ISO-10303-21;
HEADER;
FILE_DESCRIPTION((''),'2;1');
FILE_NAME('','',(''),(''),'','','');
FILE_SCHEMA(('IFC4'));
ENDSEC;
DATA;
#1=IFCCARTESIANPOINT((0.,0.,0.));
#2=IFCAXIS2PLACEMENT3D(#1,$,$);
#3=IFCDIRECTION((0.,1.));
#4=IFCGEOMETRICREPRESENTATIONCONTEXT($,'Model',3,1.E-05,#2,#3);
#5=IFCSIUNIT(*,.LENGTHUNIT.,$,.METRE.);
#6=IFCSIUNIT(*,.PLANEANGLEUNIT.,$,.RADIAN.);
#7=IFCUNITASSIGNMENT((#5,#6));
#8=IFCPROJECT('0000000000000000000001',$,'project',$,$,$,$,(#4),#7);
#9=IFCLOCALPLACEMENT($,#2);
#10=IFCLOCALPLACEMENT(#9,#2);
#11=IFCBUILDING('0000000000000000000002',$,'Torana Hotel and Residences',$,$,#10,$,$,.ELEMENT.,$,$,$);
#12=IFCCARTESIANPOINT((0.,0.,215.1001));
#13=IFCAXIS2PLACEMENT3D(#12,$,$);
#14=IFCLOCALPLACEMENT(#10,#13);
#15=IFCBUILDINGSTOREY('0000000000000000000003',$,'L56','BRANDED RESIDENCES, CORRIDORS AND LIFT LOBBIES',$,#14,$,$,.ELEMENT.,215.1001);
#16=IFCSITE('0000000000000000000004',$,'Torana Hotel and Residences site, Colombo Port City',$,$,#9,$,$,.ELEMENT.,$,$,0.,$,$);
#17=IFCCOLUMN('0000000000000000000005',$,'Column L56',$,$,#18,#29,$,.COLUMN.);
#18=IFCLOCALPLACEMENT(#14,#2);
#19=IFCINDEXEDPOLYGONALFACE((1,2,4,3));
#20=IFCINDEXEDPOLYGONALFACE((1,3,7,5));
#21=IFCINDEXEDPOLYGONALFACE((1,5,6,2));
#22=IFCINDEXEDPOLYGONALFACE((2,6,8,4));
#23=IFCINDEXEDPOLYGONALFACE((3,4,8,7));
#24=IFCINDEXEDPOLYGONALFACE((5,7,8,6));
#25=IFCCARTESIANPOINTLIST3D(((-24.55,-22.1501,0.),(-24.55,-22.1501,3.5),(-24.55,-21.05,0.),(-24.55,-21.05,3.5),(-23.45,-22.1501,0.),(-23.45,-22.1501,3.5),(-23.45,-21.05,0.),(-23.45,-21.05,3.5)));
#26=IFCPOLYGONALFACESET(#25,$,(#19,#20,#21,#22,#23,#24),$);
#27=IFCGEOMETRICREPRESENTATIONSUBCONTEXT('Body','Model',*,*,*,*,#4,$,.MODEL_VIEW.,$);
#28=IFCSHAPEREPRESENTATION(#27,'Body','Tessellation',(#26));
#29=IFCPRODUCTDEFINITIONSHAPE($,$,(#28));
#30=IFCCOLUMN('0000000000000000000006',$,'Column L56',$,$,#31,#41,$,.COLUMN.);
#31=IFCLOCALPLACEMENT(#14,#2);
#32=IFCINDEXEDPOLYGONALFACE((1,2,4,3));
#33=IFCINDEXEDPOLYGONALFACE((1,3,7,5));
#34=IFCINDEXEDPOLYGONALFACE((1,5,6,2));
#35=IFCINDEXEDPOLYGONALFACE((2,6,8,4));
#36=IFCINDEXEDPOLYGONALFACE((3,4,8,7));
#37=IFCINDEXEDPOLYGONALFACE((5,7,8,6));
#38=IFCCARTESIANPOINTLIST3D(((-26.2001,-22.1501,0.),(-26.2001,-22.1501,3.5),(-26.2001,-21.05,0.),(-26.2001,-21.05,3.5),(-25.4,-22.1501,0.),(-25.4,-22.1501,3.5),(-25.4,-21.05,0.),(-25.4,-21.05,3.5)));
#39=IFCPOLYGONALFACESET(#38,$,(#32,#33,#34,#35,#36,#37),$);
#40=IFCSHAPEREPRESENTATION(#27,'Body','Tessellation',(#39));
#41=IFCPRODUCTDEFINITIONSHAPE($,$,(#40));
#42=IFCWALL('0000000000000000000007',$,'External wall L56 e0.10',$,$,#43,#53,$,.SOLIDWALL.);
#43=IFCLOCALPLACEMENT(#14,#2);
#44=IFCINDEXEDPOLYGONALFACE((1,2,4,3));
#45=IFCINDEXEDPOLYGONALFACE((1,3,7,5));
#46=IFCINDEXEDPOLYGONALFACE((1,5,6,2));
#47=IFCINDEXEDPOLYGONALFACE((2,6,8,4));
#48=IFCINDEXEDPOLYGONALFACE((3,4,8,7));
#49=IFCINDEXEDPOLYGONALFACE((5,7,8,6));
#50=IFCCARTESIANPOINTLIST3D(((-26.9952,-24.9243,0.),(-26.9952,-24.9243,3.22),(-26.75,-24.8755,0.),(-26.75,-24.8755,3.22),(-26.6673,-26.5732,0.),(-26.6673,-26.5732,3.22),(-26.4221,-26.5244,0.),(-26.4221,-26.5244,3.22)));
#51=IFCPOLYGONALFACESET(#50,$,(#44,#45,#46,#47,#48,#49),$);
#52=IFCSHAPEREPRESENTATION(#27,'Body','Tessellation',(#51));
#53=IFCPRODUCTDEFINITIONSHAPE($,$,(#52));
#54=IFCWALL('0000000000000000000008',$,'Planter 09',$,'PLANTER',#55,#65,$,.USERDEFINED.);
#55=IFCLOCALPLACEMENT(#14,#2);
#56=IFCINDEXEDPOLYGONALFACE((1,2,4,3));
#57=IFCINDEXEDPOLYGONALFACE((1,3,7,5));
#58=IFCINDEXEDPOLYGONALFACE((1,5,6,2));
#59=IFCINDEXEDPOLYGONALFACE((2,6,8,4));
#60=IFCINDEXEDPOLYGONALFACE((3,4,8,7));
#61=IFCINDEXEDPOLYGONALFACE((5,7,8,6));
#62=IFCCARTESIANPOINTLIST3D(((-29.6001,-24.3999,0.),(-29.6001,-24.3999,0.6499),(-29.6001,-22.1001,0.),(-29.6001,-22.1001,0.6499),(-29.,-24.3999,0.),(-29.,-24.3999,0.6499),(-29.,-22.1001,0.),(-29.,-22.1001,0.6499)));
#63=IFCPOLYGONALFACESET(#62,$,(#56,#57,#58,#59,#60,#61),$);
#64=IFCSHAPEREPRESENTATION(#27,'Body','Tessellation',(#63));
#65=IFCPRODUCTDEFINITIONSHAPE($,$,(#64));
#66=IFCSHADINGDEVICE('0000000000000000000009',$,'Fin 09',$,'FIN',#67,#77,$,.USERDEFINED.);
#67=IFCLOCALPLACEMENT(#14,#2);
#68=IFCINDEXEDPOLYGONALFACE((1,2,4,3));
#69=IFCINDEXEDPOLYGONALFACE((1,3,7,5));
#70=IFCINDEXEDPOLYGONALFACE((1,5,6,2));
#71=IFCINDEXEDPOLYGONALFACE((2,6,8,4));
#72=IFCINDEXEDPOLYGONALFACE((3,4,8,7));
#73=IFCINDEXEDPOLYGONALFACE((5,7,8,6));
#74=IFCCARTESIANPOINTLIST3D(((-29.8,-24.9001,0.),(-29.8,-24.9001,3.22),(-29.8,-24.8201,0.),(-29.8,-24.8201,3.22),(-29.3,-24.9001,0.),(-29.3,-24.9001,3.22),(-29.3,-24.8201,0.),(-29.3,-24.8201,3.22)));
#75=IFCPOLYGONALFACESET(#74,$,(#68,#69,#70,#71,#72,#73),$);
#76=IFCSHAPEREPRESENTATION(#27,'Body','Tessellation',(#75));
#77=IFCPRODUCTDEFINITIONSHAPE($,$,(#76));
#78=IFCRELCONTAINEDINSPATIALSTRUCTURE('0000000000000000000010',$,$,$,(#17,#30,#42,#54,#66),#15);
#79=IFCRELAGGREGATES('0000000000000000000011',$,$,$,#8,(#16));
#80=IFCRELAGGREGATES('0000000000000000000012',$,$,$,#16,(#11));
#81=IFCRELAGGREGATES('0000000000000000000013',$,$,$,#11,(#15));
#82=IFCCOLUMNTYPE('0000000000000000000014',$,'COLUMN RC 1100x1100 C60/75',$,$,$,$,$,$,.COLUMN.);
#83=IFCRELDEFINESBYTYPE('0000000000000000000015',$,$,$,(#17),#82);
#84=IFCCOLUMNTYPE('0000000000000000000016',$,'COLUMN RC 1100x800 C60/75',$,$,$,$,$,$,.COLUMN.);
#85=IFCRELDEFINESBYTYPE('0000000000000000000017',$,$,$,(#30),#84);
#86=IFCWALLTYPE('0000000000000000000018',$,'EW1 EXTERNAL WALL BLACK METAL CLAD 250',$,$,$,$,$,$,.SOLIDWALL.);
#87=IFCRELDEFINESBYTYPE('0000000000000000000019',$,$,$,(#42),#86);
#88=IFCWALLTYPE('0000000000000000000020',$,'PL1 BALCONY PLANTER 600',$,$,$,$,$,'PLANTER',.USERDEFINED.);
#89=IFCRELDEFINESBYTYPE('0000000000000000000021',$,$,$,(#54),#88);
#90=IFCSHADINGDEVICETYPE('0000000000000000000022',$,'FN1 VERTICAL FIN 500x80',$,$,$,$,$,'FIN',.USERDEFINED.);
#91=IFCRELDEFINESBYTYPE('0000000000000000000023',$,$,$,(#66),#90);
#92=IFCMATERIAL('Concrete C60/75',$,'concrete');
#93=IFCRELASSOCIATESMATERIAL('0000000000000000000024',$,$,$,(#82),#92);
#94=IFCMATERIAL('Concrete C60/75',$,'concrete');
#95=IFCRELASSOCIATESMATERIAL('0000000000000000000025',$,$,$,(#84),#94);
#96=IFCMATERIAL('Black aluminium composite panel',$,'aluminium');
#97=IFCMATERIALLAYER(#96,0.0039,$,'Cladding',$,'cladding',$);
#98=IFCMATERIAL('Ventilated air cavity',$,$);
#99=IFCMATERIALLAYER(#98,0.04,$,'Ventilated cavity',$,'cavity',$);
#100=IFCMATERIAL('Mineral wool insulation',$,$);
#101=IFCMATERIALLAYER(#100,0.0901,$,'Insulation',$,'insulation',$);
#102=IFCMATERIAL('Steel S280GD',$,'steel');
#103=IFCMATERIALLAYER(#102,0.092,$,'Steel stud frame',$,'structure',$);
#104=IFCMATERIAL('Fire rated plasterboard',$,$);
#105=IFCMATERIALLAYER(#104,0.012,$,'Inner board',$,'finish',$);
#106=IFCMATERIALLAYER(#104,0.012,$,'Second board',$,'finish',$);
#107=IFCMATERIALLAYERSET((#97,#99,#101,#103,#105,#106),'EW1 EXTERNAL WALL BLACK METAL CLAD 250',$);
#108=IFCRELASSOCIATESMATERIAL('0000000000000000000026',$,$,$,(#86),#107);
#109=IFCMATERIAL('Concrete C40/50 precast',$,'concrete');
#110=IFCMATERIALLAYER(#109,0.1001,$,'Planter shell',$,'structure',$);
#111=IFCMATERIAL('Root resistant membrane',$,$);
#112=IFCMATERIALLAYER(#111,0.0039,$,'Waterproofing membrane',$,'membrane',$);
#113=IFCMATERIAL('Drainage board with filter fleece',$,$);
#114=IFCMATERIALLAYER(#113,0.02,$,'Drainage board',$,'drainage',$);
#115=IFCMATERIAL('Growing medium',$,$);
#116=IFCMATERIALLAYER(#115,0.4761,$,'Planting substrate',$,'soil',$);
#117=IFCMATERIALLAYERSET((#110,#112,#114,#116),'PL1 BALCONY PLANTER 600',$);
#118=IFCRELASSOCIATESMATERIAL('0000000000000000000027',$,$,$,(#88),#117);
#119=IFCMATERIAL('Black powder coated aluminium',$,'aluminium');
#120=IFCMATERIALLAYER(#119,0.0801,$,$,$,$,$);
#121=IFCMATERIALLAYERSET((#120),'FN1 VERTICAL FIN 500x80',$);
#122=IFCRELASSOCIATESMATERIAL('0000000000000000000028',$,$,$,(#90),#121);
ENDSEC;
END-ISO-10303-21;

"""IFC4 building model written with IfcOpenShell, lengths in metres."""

from ifc_helpers import new_model, si_unit, direction, frame, frame_2d, origin, origin_2d, place, context, subcontext, project, spatial, rectangle, extrude, material, layer, layer_set, material_profile, profile_set, type_object, element, save


model = new_model("IFC4")

# Units and contexts
model_context = context("Model", 3, precision=1e-05, world=origin(), true_north=direction((0.0, 1.0)))
body_context = subcontext(model_context, "Body", "Model", "MODEL_VIEW")
ifc_project = project(units=[si_unit("LENGTHUNIT", "METRE"), si_unit("PLANEANGLEUNIT", "RADIAN")], contexts=[model_context])

# Site, building, storey
site_placement = place(None, origin())
site = spatial("IfcSite", under=ifc_project, at=site_placement, Name="Torana Hotel and Residences site, Colombo Port City", CompositionType="ELEMENT", RefElevation=0.0)
building_placement = place(site_placement, origin())
building = spatial("IfcBuilding", under=site, at=building_placement, Name="Torana Hotel and Residences", CompositionType="ELEMENT")
storey_placement = place(building_placement, frame((0.0, 0.0, 215.1001)))
storey = spatial("IfcBuildingStorey", under=building, at=storey_placement, Name="L56", Description="BRANDED RESIDENCES, CORRIDORS AND LIFT LOBBIES", CompositionType="ELEMENT", Elevation=215.1001)

# Columns
ifc_material_1 = material(Name="Concrete C60/75", Category="concrete")
ifc_material_profile_1 = material_profile(ifc_material_1, rectangle(XDim=1.1001, YDim=1.1001, at=origin_2d()), Name="RC 1100x1100")
ifc_profile_set_1 = profile_set([ifc_material_profile_1], Name="Concrete C60/75")
column_type_1 = type_object("IfcColumnType", Name="COLUMN RC 1100x1100 C60/75", PredefinedType="COLUMN", material=ifc_profile_set_1)
column_1_placement = place(storey_placement, frame((-24.0, -21.6001, 0.0), z_axis=(0.0, 0.0, 1.0), x_axis=(1.0, 0.0, 0.0)))
element("IfcColumn", 1, at=column_1_placement, inside=storey, type_object=column_type_1, Name="Column L56", PredefinedType="COLUMN", context=body_context, shape_type="SweptSolid", body=[
    extrude(rectangle(XDim=1.1001, YDim=1.1001, at=origin_2d()), origin(), (0.0, 0.0, 1.0), 3.5),
])
ifc_material_2 = material(Name="Concrete C60/75", Category="concrete")
ifc_material_profile_2 = material_profile(ifc_material_2, rectangle(XDim=1.1001, YDim=0.8, at=origin_2d()), Name="RC 1100x800")
ifc_profile_set_2 = profile_set([ifc_material_profile_2], Name="Concrete C60/75")
column_type_2 = type_object("IfcColumnType", Name="COLUMN RC 1100x800 C60/75", PredefinedType="COLUMN", material=ifc_profile_set_2)
column_2_placement = place(storey_placement, frame((-25.8, -21.6001, 0.0), z_axis=(0.0, 0.0, 1.0), x_axis=(0.0, 1.0, 0.0)))
element("IfcColumn", 2, at=column_2_placement, inside=storey, type_object=column_type_2, Name="Column L56", PredefinedType="COLUMN", context=body_context, shape_type="SweptSolid", body=[
    extrude(rectangle(XDim=1.1001, YDim=0.8, at=origin_2d()), origin(), (0.0, 0.0, 1.0), 3.5),
])

# Walls
ifc_material_3 = material(Name="Black aluminium composite panel", Category="aluminium")
ifc_layer_1 = layer(ifc_material_3, 0.0039, Name="Cladding", Category="cladding")
ifc_material_4 = material(Name="Ventilated air cavity")
ifc_layer_2 = layer(ifc_material_4, 0.04, Name="Ventilated cavity", Category="cavity")
ifc_material_5 = material(Name="Mineral wool insulation")
ifc_layer_3 = layer(ifc_material_5, 0.0901, Name="Insulation", Category="insulation")
ifc_material_6 = material(Name="Steel S280GD", Category="steel")
ifc_layer_4 = layer(ifc_material_6, 0.092, Name="Steel stud frame", Category="structure")
ifc_material_7 = material(Name="Fire rated plasterboard")
ifc_layer_5 = layer(ifc_material_7, 0.012, Name="Inner board", Category="finish")
ifc_layer_6 = layer(ifc_material_7, 0.012, Name="Second board", Category="finish")
ifc_layer_set_1 = layer_set([ifc_layer_1, ifc_layer_2, ifc_layer_3, ifc_layer_4, ifc_layer_5, ifc_layer_6], Name="EW1 EXTERNAL WALL BLACK METAL CLAD 250")
wall_type_1 = type_object("IfcWallType", Name="EW1 EXTERNAL WALL BLACK METAL CLAD 250", PredefinedType="SOLIDWALL", material=ifc_layer_set_1)
wall_1_placement = place(storey_placement, frame((-26.8726, -24.8999, 0.0), z_axis=(0.0, 0.0, 1.0), x_axis=(0.195027, -0.980798, 0.0)))
element("IfcWall", 3, at=wall_1_placement, inside=storey, type_object=wall_type_1, Name="External wall L56 e0.10", PredefinedType="SOLIDWALL", context=body_context, shape_type="SweptSolid", body=[
    extrude(rectangle(XDim=1.6812, YDim=0.25, at=frame_2d((0.8406, 0.0))), origin(), (0.0, 0.0, 1.0), 3.22),
])
ifc_material_8 = material(Name="Concrete C40/50 precast", Category="concrete")
ifc_layer_7 = layer(ifc_material_8, 0.1001, Name="Planter shell", Category="structure")
ifc_material_9 = material(Name="Root resistant membrane")
ifc_layer_8 = layer(ifc_material_9, 0.0039, Name="Waterproofing membrane", Category="membrane")
ifc_material_10 = material(Name="Drainage board with filter fleece")
ifc_layer_9 = layer(ifc_material_10, 0.02, Name="Drainage board", Category="drainage")
ifc_material_11 = material(Name="Growing medium")
ifc_layer_10 = layer(ifc_material_11, 0.4761, Name="Planting substrate", Category="soil")
ifc_layer_set_2 = layer_set([ifc_layer_7, ifc_layer_8, ifc_layer_9, ifc_layer_10], Name="PL1 BALCONY PLANTER 600")
wall_type_2 = type_object("IfcWallType", Name="PL1 BALCONY PLANTER 600", ElementType="PLANTER", PredefinedType="USERDEFINED", material=ifc_layer_set_2)
wall_2_placement = place(storey_placement, frame((-29.3, -24.3999, 0.0), z_axis=(0.0, 0.0, 1.0), x_axis=(0.0, 1.0, 0.0)))
element("IfcWall", 4, at=wall_2_placement, inside=storey, type_object=wall_type_2, Name="Planter 09", ObjectType="PLANTER", PredefinedType="USERDEFINED", context=body_context, shape_type="SweptSolid", body=[
    extrude(rectangle(XDim=2.2998, YDim=0.6001, at=frame_2d((1.1499, 0.0))), origin(), (0.0, 0.0, 1.0), 0.6499),
])

# Shading device
ifc_material_12 = material(Name="Black powder coated aluminium", Category="aluminium")
ifc_layer_11 = layer(ifc_material_12, 0.0801)
ifc_layer_set_3 = layer_set([ifc_layer_11], Name="FN1 VERTICAL FIN 500x80")
shading_device_type = type_object("IfcShadingDeviceType", Name="FN1 VERTICAL FIN 500x80", ElementType="FIN", PredefinedType="USERDEFINED", material=ifc_layer_set_3)
shading_device_placement = place(storey_placement, frame((-29.55, -24.8601, 0.0), z_axis=(0.0, 0.0, 1.0), x_axis=(0.0, 1.0, 0.0)))
element("IfcShadingDevice", 5, at=shading_device_placement, inside=storey, type_object=shading_device_type, Name="Fin 09", ObjectType="FIN", PredefinedType="USERDEFINED", context=body_context, shape_type="SweptSolid", body=[
    extrude(rectangle(XDim=0.0801, YDim=0.5, at=origin_2d()), origin(), (0.0, 0.0, 1.0), 3.22),
])

save(model, "model.ifc")
